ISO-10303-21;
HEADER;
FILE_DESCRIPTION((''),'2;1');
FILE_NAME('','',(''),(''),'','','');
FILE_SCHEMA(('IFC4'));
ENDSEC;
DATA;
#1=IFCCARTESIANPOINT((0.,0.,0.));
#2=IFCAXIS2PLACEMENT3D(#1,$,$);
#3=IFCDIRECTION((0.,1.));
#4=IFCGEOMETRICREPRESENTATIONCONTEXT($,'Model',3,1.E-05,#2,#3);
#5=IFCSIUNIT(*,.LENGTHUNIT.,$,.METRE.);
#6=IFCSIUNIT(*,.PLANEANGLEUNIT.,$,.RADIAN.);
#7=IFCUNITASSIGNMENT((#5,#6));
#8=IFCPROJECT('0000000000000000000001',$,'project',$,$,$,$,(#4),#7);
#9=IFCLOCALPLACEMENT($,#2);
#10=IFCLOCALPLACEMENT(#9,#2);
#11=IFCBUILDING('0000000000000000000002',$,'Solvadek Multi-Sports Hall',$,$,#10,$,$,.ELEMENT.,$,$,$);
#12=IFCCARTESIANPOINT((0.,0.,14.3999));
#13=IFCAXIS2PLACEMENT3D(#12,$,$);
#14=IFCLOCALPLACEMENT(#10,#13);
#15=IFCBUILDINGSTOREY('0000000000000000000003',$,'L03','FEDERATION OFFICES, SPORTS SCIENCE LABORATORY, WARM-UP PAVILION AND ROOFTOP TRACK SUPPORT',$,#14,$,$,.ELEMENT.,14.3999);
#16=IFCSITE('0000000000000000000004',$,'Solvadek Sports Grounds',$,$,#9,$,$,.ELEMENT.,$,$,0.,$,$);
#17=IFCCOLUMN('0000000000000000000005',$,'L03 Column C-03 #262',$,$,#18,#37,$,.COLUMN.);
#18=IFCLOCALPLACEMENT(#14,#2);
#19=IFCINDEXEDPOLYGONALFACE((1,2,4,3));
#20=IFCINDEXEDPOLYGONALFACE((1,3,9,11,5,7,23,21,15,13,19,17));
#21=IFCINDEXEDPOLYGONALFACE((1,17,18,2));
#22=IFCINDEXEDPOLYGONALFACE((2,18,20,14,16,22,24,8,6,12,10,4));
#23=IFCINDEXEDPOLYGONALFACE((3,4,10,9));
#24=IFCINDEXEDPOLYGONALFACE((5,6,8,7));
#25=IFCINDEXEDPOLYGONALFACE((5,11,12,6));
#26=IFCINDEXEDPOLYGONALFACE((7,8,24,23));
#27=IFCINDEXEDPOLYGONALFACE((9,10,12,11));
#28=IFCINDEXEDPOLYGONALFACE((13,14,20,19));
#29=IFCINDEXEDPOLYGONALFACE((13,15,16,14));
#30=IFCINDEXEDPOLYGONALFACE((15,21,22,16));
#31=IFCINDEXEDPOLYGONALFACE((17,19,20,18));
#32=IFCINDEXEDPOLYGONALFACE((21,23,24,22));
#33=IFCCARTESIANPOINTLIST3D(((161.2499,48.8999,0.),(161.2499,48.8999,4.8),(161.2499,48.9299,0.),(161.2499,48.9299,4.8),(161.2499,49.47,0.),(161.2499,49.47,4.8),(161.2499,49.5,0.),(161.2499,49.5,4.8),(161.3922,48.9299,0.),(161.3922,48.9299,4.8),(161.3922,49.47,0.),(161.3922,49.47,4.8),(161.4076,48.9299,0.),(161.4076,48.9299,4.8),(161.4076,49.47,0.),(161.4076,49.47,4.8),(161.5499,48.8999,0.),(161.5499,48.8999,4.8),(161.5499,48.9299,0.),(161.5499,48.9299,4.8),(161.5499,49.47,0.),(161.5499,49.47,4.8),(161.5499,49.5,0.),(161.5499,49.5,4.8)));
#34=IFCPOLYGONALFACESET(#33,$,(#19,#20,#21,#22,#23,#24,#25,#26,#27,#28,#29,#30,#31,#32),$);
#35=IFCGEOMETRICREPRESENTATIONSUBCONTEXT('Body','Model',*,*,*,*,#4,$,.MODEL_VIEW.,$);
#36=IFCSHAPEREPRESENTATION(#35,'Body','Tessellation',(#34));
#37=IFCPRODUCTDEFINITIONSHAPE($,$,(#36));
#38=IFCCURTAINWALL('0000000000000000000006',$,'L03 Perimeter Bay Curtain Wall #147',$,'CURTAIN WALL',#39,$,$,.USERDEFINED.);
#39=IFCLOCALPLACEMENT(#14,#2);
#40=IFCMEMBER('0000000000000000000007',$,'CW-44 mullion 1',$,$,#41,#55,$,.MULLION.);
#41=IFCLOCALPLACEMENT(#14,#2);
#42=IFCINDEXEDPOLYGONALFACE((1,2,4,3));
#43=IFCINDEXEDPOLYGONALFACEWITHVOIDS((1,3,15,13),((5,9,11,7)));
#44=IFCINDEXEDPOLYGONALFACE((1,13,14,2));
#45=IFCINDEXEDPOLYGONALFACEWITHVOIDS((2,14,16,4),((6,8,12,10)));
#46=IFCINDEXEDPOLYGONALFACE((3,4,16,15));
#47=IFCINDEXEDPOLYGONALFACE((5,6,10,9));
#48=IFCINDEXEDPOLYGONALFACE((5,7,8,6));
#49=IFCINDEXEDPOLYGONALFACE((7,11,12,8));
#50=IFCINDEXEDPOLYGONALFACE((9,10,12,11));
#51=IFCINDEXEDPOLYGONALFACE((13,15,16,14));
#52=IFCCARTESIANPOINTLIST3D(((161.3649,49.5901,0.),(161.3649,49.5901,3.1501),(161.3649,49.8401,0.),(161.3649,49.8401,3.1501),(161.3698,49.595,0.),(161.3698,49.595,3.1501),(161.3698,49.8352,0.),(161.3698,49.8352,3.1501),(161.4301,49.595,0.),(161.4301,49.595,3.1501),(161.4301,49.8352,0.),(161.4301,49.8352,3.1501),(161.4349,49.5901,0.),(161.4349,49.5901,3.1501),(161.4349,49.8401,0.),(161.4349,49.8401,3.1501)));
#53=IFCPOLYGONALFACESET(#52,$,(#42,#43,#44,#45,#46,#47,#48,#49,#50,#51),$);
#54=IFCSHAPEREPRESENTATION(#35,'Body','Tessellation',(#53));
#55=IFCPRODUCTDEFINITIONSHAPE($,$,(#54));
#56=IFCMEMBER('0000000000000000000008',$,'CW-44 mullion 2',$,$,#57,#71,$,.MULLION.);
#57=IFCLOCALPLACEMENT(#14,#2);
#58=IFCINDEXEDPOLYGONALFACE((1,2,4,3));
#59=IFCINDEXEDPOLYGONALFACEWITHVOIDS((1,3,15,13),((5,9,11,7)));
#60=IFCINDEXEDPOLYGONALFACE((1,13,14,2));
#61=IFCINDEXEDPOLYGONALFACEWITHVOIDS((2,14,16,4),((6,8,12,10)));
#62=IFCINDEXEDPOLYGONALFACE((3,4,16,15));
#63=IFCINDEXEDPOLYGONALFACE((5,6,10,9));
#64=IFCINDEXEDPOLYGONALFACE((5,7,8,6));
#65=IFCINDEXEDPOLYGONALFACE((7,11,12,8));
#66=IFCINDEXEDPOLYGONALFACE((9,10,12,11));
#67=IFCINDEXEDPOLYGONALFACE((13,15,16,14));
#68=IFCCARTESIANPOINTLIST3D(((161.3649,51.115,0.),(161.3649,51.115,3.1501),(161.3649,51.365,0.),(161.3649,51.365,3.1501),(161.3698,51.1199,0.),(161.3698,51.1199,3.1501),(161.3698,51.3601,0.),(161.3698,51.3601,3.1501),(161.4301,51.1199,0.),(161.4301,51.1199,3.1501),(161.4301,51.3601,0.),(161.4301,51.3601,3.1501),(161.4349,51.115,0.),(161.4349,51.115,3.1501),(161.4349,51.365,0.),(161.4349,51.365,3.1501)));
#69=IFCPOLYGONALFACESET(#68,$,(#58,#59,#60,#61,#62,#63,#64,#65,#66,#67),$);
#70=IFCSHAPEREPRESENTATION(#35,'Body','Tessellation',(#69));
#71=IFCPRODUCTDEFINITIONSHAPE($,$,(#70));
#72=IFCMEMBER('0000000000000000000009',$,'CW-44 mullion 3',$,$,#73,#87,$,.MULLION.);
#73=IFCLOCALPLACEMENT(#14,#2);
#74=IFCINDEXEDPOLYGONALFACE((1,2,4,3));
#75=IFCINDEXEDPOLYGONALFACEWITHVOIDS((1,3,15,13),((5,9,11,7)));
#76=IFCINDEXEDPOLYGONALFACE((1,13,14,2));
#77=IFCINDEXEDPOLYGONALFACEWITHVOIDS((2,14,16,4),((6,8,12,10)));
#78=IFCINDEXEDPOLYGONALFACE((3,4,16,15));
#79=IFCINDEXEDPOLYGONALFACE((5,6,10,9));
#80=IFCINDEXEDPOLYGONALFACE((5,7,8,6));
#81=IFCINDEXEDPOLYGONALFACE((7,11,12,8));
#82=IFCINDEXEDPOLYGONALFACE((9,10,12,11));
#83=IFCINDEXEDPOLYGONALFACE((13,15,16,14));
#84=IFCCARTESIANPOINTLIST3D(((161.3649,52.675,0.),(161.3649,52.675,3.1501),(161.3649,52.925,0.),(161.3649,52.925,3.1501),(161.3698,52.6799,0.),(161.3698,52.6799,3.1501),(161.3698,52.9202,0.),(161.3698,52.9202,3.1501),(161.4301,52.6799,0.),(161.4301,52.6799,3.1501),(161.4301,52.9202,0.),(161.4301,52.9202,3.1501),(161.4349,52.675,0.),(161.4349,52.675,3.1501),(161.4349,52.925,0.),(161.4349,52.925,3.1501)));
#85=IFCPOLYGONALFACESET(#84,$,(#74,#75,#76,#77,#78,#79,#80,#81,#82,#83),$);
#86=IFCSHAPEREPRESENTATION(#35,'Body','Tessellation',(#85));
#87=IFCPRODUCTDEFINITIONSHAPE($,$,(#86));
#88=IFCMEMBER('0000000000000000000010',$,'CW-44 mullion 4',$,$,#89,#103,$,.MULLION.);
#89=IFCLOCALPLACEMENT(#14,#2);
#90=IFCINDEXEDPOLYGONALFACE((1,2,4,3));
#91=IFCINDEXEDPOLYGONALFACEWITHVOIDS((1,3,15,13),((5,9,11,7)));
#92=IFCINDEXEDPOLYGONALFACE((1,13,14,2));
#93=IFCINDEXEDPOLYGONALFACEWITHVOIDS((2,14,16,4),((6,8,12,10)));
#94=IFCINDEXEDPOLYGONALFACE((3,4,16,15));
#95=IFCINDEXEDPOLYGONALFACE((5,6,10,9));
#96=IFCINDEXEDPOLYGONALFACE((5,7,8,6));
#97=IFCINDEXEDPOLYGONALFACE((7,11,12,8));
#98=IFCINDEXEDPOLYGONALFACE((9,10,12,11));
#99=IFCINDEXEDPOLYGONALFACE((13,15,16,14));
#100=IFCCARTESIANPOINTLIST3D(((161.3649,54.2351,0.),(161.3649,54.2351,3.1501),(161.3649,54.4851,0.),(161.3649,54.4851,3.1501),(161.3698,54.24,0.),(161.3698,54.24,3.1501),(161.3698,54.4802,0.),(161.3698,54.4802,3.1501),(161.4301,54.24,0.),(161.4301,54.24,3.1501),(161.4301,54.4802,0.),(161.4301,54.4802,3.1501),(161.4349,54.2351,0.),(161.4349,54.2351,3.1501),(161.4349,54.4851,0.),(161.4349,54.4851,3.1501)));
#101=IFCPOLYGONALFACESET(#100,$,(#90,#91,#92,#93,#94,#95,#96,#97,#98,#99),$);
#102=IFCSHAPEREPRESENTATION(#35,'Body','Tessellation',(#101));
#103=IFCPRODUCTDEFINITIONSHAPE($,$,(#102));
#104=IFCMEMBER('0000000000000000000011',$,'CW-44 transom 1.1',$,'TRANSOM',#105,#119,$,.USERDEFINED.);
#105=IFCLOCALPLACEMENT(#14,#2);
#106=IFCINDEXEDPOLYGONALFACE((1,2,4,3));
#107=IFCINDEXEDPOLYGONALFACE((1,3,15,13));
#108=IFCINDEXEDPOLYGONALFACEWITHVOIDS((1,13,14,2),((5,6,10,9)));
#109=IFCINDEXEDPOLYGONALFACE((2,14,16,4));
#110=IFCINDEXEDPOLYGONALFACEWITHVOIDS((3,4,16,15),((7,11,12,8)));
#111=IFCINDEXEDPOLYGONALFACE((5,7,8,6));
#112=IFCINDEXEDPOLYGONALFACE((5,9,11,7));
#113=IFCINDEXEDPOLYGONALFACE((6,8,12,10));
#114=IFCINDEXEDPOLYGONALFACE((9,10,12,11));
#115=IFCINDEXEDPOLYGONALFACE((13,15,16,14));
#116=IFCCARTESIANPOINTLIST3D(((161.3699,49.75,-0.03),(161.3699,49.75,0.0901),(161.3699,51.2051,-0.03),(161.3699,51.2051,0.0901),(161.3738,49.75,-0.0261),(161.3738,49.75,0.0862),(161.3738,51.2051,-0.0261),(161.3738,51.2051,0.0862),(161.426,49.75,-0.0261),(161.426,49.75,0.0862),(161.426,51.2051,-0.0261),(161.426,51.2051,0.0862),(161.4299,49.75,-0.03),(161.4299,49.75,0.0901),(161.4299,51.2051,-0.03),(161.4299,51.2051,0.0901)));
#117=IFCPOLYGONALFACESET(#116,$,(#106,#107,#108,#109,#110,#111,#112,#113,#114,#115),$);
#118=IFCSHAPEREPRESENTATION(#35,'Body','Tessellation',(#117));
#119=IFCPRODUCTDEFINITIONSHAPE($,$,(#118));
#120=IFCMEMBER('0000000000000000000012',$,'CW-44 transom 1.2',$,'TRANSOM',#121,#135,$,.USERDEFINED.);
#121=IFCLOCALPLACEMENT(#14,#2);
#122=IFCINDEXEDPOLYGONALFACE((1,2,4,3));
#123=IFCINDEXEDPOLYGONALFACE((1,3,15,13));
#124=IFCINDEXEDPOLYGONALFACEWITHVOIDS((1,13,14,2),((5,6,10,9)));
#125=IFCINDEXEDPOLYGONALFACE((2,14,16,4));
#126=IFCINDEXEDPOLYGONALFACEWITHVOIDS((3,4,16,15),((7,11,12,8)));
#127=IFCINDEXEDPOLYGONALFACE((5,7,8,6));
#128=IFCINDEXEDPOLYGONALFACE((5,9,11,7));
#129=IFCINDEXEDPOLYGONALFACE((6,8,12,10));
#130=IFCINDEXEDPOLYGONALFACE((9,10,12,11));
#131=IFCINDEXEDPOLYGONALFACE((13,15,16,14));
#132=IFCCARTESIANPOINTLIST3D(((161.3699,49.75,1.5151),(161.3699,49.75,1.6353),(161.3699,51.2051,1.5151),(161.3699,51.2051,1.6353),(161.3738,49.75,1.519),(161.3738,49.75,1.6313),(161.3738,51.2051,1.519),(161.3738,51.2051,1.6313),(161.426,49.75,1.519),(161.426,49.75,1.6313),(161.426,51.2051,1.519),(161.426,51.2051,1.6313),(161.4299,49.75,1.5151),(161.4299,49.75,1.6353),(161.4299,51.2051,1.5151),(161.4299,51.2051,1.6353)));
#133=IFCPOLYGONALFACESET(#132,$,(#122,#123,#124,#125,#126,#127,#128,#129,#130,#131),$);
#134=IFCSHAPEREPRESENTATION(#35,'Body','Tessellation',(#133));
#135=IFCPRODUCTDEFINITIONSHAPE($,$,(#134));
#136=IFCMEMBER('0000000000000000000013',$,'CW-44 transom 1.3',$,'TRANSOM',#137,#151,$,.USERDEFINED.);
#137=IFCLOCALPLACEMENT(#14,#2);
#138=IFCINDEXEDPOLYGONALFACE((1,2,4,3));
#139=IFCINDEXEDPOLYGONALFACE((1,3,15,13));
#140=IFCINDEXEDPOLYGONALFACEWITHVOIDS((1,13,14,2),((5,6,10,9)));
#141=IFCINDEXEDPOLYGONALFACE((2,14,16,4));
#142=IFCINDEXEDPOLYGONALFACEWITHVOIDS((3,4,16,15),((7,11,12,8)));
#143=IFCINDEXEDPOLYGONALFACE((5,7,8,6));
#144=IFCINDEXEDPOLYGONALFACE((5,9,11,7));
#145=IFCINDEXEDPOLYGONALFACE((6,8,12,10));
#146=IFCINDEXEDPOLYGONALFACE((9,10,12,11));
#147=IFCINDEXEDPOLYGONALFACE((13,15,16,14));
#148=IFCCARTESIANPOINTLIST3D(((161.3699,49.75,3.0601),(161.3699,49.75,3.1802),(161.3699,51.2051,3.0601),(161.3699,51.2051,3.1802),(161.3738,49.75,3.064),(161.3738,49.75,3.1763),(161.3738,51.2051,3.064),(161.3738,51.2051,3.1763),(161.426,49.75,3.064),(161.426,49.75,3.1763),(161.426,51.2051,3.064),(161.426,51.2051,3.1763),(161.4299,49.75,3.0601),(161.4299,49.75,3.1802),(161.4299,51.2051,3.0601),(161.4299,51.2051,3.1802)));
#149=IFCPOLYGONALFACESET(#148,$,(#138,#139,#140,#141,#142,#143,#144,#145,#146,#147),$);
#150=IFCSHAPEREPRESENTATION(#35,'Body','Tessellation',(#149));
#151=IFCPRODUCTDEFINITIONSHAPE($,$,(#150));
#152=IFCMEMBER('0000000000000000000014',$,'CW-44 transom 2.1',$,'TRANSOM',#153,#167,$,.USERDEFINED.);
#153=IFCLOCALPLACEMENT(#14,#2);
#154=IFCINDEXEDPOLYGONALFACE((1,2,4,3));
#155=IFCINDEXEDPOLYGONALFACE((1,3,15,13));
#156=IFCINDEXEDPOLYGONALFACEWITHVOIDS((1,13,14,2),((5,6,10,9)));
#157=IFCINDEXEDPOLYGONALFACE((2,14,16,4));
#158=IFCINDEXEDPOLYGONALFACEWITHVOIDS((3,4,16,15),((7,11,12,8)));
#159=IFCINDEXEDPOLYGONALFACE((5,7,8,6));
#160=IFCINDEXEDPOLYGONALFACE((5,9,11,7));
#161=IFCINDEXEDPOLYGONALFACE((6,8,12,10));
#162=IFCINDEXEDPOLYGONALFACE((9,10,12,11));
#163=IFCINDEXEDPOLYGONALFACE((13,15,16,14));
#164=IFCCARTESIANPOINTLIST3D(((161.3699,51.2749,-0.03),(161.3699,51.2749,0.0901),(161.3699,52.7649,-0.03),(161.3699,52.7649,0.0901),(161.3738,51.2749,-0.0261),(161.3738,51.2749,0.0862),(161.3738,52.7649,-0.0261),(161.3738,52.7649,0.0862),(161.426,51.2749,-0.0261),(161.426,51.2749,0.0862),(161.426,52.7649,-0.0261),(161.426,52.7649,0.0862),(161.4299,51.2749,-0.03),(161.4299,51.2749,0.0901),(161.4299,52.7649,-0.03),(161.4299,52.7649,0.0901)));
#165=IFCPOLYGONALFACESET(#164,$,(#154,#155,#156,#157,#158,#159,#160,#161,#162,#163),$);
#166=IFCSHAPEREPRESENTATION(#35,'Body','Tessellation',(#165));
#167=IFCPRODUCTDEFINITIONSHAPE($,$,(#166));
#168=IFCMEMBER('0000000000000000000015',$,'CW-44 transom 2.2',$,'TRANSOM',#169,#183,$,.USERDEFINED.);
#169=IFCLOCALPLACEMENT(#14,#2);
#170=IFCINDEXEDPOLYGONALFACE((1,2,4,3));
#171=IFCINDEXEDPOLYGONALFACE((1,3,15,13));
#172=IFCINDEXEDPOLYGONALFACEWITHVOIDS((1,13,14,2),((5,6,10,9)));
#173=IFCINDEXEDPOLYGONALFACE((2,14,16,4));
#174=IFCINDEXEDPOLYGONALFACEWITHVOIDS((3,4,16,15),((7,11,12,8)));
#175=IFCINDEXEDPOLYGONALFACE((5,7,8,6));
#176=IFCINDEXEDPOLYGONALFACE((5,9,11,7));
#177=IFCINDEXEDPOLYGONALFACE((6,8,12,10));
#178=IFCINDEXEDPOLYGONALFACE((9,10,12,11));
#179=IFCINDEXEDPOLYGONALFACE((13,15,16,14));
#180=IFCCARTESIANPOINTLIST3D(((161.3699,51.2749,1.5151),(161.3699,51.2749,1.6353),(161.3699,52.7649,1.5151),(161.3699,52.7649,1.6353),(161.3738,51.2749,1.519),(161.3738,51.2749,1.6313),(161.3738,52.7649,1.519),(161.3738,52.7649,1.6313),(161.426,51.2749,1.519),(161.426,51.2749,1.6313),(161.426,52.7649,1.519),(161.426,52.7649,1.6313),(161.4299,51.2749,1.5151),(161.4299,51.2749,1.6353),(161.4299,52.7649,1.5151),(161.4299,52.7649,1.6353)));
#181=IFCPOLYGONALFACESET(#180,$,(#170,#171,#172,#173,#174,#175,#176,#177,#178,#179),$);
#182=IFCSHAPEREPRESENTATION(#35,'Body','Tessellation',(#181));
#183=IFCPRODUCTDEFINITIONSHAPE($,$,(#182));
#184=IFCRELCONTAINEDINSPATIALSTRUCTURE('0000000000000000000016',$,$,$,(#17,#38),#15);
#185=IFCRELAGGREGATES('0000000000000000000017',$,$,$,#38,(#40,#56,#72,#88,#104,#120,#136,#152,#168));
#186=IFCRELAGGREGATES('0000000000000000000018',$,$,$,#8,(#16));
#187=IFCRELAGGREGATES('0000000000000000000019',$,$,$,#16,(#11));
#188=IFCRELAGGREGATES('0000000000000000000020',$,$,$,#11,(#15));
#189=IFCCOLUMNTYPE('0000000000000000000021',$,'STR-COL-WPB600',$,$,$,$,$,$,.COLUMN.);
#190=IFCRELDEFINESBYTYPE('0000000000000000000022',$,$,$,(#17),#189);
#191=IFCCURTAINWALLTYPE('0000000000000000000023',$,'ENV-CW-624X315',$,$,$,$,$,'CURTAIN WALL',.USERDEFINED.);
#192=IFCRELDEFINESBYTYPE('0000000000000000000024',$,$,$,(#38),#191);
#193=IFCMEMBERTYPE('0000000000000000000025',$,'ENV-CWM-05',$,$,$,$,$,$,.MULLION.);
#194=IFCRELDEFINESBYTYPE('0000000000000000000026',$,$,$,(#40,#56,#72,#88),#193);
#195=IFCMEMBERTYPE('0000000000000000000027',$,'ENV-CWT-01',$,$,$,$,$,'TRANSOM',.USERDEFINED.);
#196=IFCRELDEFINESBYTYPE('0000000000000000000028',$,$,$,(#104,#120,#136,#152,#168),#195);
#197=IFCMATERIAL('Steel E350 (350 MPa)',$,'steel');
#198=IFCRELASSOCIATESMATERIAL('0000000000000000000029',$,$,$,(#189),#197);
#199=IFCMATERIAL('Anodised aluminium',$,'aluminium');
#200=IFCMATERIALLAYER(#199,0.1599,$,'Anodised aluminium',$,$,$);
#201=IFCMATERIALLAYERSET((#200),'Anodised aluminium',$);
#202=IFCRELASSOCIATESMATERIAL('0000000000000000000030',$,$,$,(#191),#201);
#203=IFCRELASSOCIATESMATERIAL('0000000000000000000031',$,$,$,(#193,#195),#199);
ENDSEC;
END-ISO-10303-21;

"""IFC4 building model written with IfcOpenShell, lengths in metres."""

from ifc_helpers import new_model, si_unit, direction, frame, origin, origin_2d, place, context, subcontext, project, spatial, hollow_rectangle, i_section, extrude, material, layer, layer_set, material_profile, profile_set, type_object, element, aggregate, save


model = new_model("IFC4")

# Units and contexts
model_context = context("Model", 3, precision=1e-05, world=origin(), true_north=direction((0.0, 1.0)))
body_context = subcontext(model_context, "Body", "Model", "MODEL_VIEW")
ifc_project = project(units=[si_unit("LENGTHUNIT", "METRE"), si_unit("PLANEANGLEUNIT", "RADIAN")], contexts=[model_context])

# Site, building, storey
site_placement = place(None, origin())
site = spatial("IfcSite", under=ifc_project, at=site_placement, Name="Solvadek Sports Grounds", CompositionType="ELEMENT", RefElevation=0.0)
building_placement = place(site_placement, origin())
building = spatial("IfcBuilding", under=site, at=building_placement, Name="Solvadek Multi-Sports Hall", CompositionType="ELEMENT")
storey_placement = place(building_placement, frame((0.0, 0.0, 14.3999)))
storey = spatial("IfcBuildingStorey", under=building, at=storey_placement, Name="L03", Description="FEDERATION OFFICES, SPORTS SCIENCE LABORATORY, WARM-UP PAVILION AND ROOFTOP TRACK SUPPORT", CompositionType="ELEMENT", Elevation=14.3999)

# Column
ifc_material_1 = material(Name="Steel E350 (350 MPa)", Category="steel")
ifc_material_profile_1 = material_profile(ifc_material_1, i_section(OverallWidth=0.3, OverallDepth=0.6001, WebThickness=0.0154, FlangeThickness=0.03, at=origin_2d()), Name="WPB 600")
ifc_profile_set_1 = profile_set([ifc_material_profile_1], Name="Steel E350 (350 MPa)")
column_type = type_object("IfcColumnType", Name="STR-COL-WPB600", PredefinedType="COLUMN", material=ifc_profile_set_1)
column_placement = place(storey_placement, frame((161.3999, 49.2, 0.0), z_axis=(0.0, 0.0, 1.0), x_axis=(1.0, 0.0, 0.0)))
element("IfcColumn", 1, at=column_placement, inside=storey, type_object=column_type, Name="L03 Column C-03 #262", PredefinedType="COLUMN", context=body_context, shape_type="SweptSolid", body=[
    extrude(i_section(OverallWidth=0.3, OverallDepth=0.6001, WebThickness=0.0154, FlangeThickness=0.03, at=origin_2d()), origin(), (0.0, 0.0, 1.0), 4.8),
])

# Curtain wall, members
ifc_material_2 = material(Name="Anodised aluminium", Category="aluminium")
ifc_layer_1 = layer(ifc_material_2, 0.1599, Name="Anodised aluminium")
ifc_layer_set_1 = layer_set([ifc_layer_1], Name="Anodised aluminium")
curtain_wall_type = type_object("IfcCurtainWallType", Name="ENV-CW-624X315", ElementType="CURTAIN WALL", PredefinedType="USERDEFINED", material=ifc_layer_set_1)
curtain_wall_placement = place(storey_placement, origin())
curtain_wall = element("IfcCurtainWall", 2, at=curtain_wall_placement, inside=storey, type_object=curtain_wall_type, Name="L03 Perimeter Bay Curtain Wall #147", ObjectType="CURTAIN WALL", PredefinedType="USERDEFINED")
ifc_material_profile_2 = material_profile(ifc_material_2, hollow_rectangle(XDim=0.0701, YDim=0.25, WallThickness=0.0049, at=origin_2d()), Name="ALU-M 250x70x5")
ifc_profile_set_2 = profile_set([ifc_material_profile_2], Name="Anodised aluminium")
member_type_1 = type_object("IfcMemberType", Name="ENV-CWM-05", PredefinedType="MULLION", material=ifc_profile_set_2)
member_1_placement = place(storey_placement, frame((161.3999, 49.7151, 0.0), z_axis=(0.0, 0.0, 1.0), x_axis=(-1.0, 0.0, 0.0)))
member_1 = element("IfcMember", 3, at=member_1_placement, type_object=member_type_1, Name="CW-44 mullion 1", PredefinedType="MULLION", context=body_context, shape_type="SweptSolid", body=[
    extrude(hollow_rectangle(XDim=0.0701, YDim=0.25, WallThickness=0.0049, at=origin_2d()), origin(), (0.0, 0.0, 1.0), 3.1501),
])
member_2_placement = place(storey_placement, frame((161.3999, 51.24, 0.0), z_axis=(0.0, 0.0, 1.0), x_axis=(-1.0, 0.0, 0.0)))
member_2 = element("IfcMember", 4, at=member_2_placement, type_object=member_type_1, Name="CW-44 mullion 2", PredefinedType="MULLION", context=body_context, shape_type="SweptSolid", body=[
    extrude(hollow_rectangle(XDim=0.0701, YDim=0.25, WallThickness=0.0049, at=origin_2d()), origin(), (0.0, 0.0, 1.0), 3.1501),
])
member_3_placement = place(storey_placement, frame((161.3999, 52.8, 0.0), z_axis=(0.0, 0.0, 1.0), x_axis=(-1.0, 0.0, 0.0)))
member_3 = element("IfcMember", 5, at=member_3_placement, type_object=member_type_1, Name="CW-44 mullion 3", PredefinedType="MULLION", context=body_context, shape_type="SweptSolid", body=[
    extrude(hollow_rectangle(XDim=0.0701, YDim=0.25, WallThickness=0.0049, at=origin_2d()), origin(), (0.0, 0.0, 1.0), 3.1501),
])
member_4_placement = place(storey_placement, frame((161.3999, 54.3601, 0.0), z_axis=(0.0, 0.0, 1.0), x_axis=(-1.0, 0.0, 0.0)))
member_4 = element("IfcMember", 6, at=member_4_placement, type_object=member_type_1, Name="CW-44 mullion 4", PredefinedType="MULLION", context=body_context, shape_type="SweptSolid", body=[
    extrude(hollow_rectangle(XDim=0.0701, YDim=0.25, WallThickness=0.0049, at=origin_2d()), origin(), (0.0, 0.0, 1.0), 3.1501),
])
ifc_material_profile_3 = material_profile(ifc_material_2, hollow_rectangle(XDim=0.0601, YDim=0.1201, WallThickness=0.0039, at=origin_2d()), Name="ALU-T 120x60x4")
ifc_profile_set_3 = profile_set([ifc_material_profile_3], Name="Anodised aluminium")
member_type_2 = type_object("IfcMemberType", Name="ENV-CWT-01", ElementType="TRANSOM", PredefinedType="USERDEFINED", material=ifc_profile_set_3)
member_5_placement = place(storey_placement, frame((161.3999, 49.75, 0.03), z_axis=(0.0, 1.0, 0.0), x_axis=(-1.0, 0.0, 0.0)))
member_5 = element("IfcMember", 7, at=member_5_placement, type_object=member_type_2, Name="CW-44 transom 1.1", ObjectType="TRANSOM", PredefinedType="USERDEFINED", context=body_context, shape_type="SweptSolid", body=[
    extrude(hollow_rectangle(XDim=0.0601, YDim=0.1201, WallThickness=0.0039, at=origin_2d()), origin(), (0.0, 0.0, 1.0), 1.4551),
])
member_6_placement = place(storey_placement, frame((161.3999, 49.75, 1.5752), z_axis=(0.0, 1.0, 0.0), x_axis=(-1.0, 0.0, 0.0)))
member_6 = element("IfcMember", 8, at=member_6_placement, type_object=member_type_2, Name="CW-44 transom 1.2", ObjectType="TRANSOM", PredefinedType="USERDEFINED", context=body_context, shape_type="SweptSolid", body=[
    extrude(hollow_rectangle(XDim=0.0601, YDim=0.1201, WallThickness=0.0039, at=origin_2d()), origin(), (0.0, 0.0, 1.0), 1.4551),
])
member_7_placement = place(storey_placement, frame((161.3999, 49.75, 3.1201), z_axis=(0.0, 1.0, 0.0), x_axis=(-1.0, 0.0, 0.0)))
member_7 = element("IfcMember", 9, at=member_7_placement, type_object=member_type_2, Name="CW-44 transom 1.3", ObjectType="TRANSOM", PredefinedType="USERDEFINED", context=body_context, shape_type="SweptSolid", body=[
    extrude(hollow_rectangle(XDim=0.0601, YDim=0.1201, WallThickness=0.0039, at=origin_2d()), origin(), (0.0, 0.0, 1.0), 1.4551),
])
member_8_placement = place(storey_placement, frame((161.3999, 51.2749, 0.03), z_axis=(0.0, 1.0, 0.0), x_axis=(-1.0, 0.0, 0.0)))
member_8 = element("IfcMember", 10, at=member_8_placement, type_object=member_type_2, Name="CW-44 transom 2.1", ObjectType="TRANSOM", PredefinedType="USERDEFINED", context=body_context, shape_type="SweptSolid", body=[
    extrude(hollow_rectangle(XDim=0.0601, YDim=0.1201, WallThickness=0.0039, at=origin_2d()), origin(), (0.0, 0.0, 1.0), 1.49),
])
member_9_placement = place(storey_placement, frame((161.3999, 51.2749, 1.5752), z_axis=(0.0, 1.0, 0.0), x_axis=(-1.0, 0.0, 0.0)))
member_9 = element("IfcMember", 11, at=member_9_placement, type_object=member_type_2, Name="CW-44 transom 2.2", ObjectType="TRANSOM", PredefinedType="USERDEFINED", context=body_context, shape_type="SweptSolid", body=[
    extrude(hollow_rectangle(XDim=0.0601, YDim=0.1201, WallThickness=0.0039, at=origin_2d()), origin(), (0.0, 0.0, 1.0), 1.49),
])
aggregate(curtain_wall, [member_1, member_2, member_3, member_4, member_5, member_6, member_7, member_8, member_9])

save(model, "model.ifc")
